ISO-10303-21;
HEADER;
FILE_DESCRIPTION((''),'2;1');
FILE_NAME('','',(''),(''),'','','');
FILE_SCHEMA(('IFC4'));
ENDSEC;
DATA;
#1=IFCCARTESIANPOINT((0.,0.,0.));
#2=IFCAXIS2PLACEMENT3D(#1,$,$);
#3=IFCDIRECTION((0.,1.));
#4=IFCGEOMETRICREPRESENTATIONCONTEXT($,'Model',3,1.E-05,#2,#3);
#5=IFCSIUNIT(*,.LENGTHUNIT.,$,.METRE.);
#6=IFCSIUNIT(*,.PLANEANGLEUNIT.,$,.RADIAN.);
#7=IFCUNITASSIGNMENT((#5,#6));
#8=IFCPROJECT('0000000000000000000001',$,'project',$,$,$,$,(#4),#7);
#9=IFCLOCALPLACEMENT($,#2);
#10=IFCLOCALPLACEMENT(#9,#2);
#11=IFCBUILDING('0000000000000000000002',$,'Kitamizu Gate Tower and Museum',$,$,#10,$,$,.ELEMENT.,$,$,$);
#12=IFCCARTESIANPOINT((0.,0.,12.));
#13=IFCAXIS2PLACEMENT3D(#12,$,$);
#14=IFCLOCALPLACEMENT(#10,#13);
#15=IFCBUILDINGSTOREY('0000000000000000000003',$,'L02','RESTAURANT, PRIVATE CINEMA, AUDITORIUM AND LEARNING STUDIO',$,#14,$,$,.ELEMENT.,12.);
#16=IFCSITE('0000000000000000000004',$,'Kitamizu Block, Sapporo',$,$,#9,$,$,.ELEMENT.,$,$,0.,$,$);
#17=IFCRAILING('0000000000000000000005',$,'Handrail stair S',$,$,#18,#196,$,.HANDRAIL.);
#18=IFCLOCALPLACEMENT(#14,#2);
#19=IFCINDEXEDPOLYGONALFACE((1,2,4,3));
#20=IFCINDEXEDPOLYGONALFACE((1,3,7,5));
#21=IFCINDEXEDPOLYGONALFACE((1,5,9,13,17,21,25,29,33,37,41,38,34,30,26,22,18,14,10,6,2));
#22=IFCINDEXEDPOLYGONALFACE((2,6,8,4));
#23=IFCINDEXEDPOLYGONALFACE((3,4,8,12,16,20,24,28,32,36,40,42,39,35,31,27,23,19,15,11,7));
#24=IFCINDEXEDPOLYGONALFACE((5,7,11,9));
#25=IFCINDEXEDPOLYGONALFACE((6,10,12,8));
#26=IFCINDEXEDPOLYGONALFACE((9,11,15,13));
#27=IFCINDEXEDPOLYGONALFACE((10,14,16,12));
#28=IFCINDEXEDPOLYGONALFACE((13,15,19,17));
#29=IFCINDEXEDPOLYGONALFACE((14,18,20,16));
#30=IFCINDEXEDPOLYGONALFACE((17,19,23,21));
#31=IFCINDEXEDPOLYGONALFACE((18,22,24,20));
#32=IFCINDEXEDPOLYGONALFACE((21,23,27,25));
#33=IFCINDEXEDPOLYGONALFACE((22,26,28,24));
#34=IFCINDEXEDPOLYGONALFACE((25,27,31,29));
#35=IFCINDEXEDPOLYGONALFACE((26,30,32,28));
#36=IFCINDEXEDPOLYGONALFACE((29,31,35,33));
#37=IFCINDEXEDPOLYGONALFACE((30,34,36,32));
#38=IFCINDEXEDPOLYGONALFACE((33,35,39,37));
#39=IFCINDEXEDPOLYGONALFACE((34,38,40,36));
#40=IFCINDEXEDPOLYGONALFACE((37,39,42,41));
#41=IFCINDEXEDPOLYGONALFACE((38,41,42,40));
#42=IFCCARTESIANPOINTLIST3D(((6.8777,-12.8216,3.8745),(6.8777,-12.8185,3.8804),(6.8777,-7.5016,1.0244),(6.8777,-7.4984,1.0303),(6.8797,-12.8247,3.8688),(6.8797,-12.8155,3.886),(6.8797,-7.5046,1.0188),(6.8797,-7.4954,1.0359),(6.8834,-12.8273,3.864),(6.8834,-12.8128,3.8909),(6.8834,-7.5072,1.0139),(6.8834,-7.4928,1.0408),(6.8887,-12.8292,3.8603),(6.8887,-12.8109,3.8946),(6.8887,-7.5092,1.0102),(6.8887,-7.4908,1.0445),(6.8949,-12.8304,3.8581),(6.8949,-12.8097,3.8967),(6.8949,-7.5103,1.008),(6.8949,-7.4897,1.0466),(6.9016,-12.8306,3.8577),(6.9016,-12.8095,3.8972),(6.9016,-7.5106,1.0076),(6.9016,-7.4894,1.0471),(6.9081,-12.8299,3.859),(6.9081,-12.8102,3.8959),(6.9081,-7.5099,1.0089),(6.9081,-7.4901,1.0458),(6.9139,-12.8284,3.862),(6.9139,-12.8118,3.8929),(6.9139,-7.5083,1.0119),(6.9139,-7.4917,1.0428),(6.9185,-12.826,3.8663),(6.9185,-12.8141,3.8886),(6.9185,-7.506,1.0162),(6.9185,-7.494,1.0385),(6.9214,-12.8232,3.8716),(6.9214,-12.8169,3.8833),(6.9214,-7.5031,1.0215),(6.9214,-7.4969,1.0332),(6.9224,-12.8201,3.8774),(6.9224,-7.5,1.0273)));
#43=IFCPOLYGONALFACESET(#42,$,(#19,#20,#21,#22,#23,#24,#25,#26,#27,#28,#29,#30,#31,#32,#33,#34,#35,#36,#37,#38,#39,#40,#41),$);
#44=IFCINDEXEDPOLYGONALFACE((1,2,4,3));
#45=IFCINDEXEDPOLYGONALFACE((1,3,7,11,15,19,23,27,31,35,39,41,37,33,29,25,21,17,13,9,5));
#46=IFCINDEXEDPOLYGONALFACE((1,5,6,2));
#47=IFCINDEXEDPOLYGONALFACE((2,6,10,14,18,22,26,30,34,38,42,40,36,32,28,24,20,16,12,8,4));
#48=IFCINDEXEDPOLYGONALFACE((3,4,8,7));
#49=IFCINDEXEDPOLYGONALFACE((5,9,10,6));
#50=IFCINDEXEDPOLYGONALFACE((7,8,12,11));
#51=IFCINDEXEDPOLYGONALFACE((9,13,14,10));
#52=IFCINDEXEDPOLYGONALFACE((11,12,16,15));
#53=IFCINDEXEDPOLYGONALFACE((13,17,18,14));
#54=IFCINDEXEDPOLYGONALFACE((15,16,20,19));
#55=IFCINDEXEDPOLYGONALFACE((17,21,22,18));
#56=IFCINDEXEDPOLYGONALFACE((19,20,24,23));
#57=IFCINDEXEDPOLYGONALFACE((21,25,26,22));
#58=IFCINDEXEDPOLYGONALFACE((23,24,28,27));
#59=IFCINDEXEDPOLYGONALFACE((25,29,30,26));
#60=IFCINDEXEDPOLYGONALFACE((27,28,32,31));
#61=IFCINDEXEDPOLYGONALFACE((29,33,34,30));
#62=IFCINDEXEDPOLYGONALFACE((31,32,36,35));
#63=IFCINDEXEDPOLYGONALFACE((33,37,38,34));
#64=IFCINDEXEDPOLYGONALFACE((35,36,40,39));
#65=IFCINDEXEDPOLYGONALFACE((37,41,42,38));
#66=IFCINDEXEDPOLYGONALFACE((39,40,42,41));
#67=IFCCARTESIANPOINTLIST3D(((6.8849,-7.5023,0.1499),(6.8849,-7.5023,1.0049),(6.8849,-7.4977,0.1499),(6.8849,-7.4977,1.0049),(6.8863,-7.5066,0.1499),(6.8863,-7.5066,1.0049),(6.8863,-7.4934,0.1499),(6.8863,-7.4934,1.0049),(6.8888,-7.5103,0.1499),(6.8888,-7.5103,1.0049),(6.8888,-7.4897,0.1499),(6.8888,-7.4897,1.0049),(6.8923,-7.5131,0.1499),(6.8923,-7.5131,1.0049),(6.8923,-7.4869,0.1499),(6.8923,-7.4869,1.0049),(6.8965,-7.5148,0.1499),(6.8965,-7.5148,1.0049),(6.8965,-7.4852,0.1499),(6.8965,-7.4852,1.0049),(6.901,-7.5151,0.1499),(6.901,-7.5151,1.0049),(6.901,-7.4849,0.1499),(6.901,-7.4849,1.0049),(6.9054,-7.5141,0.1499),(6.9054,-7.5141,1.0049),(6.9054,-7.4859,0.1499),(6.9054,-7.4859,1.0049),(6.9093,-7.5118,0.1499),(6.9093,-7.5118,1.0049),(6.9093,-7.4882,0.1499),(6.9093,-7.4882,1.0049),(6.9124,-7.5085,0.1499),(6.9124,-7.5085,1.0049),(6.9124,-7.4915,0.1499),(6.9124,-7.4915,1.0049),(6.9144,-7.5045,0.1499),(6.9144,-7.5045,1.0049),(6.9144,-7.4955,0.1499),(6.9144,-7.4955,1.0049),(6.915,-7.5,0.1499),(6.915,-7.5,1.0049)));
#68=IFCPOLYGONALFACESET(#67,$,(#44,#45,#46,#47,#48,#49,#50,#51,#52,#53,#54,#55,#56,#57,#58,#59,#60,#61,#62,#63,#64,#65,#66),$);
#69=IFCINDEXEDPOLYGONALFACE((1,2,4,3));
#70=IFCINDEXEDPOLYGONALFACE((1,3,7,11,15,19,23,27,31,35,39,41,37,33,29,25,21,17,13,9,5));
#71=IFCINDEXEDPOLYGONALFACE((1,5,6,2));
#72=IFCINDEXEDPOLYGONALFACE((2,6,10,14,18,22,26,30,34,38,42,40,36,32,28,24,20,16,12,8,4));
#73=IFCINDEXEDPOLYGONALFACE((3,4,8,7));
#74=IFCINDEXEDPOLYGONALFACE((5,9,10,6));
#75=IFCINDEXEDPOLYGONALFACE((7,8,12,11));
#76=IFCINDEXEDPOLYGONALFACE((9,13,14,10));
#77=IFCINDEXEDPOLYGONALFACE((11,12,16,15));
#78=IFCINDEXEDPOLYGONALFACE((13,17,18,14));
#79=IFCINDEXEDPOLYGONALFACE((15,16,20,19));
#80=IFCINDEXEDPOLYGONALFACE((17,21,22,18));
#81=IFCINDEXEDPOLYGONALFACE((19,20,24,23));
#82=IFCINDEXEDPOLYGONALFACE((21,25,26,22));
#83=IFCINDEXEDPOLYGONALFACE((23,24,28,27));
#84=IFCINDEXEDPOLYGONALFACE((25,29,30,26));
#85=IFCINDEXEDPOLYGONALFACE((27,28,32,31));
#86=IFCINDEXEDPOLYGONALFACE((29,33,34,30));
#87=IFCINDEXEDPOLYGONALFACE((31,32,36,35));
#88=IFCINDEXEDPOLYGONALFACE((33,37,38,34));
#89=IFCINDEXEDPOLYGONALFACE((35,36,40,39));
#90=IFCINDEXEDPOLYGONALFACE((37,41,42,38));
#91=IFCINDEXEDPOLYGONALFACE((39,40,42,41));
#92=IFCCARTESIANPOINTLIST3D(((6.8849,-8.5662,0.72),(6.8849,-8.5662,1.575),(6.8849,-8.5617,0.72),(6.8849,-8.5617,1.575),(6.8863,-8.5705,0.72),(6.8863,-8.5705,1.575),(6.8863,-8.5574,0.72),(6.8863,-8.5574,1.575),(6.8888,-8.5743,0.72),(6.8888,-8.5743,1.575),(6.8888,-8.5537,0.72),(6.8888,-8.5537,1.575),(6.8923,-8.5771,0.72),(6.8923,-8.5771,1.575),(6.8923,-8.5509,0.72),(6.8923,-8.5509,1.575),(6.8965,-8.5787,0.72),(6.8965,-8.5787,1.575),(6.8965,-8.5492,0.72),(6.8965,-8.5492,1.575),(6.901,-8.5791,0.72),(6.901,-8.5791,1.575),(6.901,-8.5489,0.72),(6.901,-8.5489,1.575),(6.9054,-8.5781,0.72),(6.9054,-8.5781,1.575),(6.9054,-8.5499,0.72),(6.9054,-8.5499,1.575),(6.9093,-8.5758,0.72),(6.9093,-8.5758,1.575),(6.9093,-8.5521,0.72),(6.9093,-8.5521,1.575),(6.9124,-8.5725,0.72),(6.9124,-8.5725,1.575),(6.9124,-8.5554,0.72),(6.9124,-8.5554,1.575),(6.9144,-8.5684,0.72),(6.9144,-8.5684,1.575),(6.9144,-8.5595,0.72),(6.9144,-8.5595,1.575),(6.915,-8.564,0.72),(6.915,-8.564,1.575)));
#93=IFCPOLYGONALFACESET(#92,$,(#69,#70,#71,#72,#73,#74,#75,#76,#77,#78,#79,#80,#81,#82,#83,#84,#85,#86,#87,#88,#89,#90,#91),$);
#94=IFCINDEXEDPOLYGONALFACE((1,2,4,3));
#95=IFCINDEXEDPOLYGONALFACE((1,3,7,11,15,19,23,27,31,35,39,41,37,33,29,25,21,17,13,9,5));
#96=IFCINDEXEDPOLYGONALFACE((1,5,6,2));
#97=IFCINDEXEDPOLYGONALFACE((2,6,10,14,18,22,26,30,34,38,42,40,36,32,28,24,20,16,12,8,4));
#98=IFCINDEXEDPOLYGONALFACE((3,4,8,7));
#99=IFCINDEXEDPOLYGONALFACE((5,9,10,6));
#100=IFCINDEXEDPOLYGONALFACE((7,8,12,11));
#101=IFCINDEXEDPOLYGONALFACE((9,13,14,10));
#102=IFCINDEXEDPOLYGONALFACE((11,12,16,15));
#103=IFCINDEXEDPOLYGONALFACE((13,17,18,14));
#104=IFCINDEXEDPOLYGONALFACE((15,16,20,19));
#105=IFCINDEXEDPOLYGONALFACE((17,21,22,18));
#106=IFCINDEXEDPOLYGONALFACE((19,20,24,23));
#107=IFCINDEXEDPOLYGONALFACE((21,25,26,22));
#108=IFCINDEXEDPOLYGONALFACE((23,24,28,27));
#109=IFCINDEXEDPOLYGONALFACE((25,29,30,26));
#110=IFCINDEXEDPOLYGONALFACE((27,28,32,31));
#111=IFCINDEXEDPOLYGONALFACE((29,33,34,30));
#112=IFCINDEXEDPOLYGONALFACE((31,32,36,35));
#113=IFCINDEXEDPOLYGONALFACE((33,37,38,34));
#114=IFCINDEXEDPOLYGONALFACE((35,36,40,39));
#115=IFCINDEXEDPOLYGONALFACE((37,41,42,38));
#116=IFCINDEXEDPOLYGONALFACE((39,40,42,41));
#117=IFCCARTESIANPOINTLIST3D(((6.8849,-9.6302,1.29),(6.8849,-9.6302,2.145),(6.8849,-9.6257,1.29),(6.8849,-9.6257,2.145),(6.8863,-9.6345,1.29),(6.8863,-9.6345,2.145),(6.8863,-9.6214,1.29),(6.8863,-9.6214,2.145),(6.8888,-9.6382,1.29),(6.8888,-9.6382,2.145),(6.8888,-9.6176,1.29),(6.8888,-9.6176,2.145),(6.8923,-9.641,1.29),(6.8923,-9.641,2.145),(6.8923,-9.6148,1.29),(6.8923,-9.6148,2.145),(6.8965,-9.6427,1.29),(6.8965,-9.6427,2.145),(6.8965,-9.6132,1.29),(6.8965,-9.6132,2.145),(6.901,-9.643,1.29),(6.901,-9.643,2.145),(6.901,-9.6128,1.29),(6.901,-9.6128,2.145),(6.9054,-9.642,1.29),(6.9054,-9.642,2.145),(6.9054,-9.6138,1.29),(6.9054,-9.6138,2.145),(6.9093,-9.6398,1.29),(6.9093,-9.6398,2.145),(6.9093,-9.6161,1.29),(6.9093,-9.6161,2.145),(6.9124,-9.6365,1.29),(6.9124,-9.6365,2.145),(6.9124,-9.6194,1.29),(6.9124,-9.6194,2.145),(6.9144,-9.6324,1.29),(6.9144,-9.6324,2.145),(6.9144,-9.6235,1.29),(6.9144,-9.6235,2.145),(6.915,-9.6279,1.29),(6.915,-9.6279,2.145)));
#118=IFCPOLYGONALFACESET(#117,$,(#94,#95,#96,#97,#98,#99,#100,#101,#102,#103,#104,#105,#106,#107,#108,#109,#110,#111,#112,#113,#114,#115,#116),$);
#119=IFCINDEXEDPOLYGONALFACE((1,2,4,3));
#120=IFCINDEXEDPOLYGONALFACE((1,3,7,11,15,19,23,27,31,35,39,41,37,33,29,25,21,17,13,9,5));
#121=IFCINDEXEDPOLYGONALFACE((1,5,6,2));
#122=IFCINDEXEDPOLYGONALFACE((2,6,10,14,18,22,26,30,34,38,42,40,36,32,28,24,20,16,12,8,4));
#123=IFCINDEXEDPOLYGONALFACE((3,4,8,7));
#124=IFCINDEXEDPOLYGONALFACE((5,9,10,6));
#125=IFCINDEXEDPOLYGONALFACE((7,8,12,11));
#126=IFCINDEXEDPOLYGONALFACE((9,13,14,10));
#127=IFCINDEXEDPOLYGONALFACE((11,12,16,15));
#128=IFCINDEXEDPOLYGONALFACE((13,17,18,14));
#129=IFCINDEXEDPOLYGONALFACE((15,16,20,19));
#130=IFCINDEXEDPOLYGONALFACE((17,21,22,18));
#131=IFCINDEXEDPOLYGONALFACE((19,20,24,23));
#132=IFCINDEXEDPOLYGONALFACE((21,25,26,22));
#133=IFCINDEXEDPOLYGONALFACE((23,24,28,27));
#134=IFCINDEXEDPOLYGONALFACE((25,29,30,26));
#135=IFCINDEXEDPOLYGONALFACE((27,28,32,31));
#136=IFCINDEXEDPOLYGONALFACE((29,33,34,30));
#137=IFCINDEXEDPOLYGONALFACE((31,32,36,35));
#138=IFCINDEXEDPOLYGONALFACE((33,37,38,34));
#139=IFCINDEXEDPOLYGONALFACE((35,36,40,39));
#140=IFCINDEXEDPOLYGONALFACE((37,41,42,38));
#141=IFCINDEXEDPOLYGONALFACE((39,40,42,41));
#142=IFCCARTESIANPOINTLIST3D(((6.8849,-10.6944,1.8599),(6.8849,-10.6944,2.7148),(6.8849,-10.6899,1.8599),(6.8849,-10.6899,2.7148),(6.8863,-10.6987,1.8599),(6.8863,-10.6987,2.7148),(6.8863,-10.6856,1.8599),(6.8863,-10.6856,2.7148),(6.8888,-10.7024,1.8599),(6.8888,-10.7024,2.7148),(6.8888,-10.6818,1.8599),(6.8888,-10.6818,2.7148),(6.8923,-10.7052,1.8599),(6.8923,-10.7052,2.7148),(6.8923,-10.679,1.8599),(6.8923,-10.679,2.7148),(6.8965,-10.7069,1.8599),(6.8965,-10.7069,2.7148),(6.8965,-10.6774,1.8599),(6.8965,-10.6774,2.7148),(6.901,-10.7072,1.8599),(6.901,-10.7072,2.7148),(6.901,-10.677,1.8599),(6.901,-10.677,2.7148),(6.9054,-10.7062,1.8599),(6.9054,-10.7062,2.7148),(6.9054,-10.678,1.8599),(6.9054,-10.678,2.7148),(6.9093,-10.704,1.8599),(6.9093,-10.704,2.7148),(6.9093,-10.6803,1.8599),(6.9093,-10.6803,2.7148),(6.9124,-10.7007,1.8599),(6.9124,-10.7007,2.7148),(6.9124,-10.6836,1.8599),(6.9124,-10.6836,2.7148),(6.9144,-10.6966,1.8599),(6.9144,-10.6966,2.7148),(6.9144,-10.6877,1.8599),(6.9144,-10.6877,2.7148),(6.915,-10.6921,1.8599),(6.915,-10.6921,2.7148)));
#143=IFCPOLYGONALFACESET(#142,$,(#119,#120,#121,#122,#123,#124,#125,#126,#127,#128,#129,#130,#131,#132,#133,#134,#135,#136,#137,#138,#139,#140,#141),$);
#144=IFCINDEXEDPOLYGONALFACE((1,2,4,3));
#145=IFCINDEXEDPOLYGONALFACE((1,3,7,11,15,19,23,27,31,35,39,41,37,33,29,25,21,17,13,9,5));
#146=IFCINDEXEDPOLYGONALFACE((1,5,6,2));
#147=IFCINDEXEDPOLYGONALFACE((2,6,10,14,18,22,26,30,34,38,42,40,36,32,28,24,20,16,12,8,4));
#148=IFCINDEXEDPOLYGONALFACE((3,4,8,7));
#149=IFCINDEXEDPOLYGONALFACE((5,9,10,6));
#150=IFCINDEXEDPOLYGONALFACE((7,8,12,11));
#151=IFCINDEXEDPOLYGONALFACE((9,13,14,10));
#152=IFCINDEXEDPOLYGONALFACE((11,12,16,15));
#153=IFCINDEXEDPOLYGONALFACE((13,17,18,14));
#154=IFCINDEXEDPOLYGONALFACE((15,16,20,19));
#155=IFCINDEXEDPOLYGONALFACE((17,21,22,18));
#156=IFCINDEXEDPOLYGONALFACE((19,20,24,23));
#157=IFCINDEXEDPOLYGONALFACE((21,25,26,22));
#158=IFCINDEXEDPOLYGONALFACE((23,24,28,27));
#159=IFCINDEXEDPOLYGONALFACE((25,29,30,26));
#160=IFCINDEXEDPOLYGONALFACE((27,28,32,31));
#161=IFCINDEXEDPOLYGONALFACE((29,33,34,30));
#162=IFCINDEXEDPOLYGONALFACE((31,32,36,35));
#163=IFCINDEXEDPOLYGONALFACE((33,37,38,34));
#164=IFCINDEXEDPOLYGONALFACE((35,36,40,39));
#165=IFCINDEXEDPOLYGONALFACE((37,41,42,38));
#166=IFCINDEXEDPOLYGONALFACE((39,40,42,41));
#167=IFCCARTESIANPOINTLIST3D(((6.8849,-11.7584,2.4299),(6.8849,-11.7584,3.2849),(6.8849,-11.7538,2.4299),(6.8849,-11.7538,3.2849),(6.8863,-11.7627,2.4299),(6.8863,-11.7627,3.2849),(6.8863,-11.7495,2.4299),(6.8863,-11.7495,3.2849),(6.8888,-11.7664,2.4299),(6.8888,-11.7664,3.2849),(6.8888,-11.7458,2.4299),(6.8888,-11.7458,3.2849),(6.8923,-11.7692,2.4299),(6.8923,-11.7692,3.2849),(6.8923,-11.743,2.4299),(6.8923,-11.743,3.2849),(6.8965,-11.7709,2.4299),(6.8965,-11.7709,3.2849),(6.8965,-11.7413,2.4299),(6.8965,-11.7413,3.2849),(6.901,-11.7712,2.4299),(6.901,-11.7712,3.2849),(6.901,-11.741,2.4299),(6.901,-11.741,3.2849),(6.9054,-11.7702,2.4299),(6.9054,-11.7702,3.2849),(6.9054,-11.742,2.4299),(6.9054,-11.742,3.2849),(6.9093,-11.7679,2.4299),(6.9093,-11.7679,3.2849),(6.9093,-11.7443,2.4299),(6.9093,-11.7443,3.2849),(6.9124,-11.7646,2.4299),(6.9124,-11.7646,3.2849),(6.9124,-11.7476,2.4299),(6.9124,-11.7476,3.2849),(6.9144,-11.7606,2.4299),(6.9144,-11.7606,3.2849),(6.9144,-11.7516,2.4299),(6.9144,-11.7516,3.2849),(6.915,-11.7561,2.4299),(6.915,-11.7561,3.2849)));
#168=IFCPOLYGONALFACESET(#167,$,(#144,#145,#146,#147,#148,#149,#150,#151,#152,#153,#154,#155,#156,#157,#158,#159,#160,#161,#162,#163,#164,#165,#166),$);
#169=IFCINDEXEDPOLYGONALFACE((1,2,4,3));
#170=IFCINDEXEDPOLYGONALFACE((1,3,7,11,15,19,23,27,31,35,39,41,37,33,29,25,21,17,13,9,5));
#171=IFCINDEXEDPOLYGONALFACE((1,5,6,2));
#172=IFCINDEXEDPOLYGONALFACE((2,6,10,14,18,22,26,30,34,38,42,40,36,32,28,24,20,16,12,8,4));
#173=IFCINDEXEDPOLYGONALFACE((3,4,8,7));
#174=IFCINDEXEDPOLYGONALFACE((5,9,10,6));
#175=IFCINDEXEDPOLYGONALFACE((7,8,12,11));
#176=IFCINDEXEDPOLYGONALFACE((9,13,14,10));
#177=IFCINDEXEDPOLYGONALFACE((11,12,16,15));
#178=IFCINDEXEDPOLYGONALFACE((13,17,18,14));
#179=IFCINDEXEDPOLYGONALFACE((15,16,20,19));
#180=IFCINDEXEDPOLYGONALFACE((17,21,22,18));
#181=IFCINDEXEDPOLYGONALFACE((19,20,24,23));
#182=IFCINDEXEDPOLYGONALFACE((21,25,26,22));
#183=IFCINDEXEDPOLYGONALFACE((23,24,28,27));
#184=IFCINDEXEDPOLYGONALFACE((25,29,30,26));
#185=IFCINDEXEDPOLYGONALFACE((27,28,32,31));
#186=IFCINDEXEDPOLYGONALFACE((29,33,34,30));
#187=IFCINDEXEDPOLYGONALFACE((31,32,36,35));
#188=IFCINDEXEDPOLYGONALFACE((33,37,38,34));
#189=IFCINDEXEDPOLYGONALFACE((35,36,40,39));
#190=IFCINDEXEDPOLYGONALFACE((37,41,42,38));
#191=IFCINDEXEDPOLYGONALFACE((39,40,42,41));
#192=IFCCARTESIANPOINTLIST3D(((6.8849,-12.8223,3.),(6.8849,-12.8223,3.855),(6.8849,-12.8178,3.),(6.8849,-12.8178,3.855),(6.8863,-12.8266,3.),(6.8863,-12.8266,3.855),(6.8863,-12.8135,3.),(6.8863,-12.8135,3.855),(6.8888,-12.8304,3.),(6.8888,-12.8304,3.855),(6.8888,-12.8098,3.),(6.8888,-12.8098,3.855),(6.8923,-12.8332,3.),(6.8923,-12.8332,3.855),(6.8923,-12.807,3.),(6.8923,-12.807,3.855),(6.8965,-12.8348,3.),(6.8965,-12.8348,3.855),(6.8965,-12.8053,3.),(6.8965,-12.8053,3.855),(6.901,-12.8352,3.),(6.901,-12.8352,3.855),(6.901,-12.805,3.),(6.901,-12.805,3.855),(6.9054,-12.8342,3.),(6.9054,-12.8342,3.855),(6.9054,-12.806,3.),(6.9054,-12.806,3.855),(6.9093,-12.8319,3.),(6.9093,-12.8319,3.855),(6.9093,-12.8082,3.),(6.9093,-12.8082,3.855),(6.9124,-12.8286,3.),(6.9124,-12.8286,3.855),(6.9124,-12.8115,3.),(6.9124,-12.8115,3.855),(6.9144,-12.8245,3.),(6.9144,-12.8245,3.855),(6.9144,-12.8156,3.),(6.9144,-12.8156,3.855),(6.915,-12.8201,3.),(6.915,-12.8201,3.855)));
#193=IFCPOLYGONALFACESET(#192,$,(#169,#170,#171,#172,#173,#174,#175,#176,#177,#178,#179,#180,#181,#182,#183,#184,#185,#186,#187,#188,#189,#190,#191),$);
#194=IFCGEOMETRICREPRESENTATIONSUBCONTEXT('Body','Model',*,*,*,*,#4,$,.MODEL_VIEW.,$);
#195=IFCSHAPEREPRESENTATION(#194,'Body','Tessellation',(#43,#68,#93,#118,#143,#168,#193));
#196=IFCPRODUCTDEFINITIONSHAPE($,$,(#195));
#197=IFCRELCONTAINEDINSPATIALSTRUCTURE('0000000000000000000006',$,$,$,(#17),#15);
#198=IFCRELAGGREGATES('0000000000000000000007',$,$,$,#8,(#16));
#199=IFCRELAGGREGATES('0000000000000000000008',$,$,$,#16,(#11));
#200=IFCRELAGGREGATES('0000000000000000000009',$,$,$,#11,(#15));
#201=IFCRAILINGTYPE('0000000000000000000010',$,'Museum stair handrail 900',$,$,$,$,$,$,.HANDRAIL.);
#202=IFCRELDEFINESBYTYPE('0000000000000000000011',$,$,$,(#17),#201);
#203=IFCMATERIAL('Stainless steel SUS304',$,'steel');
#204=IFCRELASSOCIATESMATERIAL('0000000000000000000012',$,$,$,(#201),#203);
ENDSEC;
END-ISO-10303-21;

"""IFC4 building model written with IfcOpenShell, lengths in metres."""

from ifc_helpers import new_model, si_unit, direction, frame, origin, origin_2d, place, context, subcontext, project, spatial, circle, extrude, material, type_object, element, save


model = new_model("IFC4")

# Units and contexts
model_context = context("Model", 3, precision=1e-05, world=origin(), true_north=direction((0.0, 1.0)))
body_context = subcontext(model_context, "Body", "Model", "MODEL_VIEW")
ifc_project = project(units=[si_unit("LENGTHUNIT", "METRE"), si_unit("PLANEANGLEUNIT", "RADIAN")], contexts=[model_context])

# Site, building, storey
site_placement = place(None, origin())
site = spatial("IfcSite", under=ifc_project, at=site_placement, Name="Kitamizu Block, Sapporo", CompositionType="ELEMENT", RefElevation=0.0)
building_placement = place(site_placement, origin())
building = spatial("IfcBuilding", under=site, at=building_placement, Name="Kitamizu Gate Tower and Museum", CompositionType="ELEMENT")
storey_placement = place(building_placement, frame((0.0, 0.0, 12.0)))
storey = spatial("IfcBuildingStorey", under=building, at=storey_placement, Name="L02", Description="RESTAURANT, PRIVATE CINEMA, AUDITORIUM AND LEARNING STUDIO", CompositionType="ELEMENT", Elevation=12.0)

# Railing
ifc_material_1 = material(Name="Stainless steel SUS304", Category="steel")
railing_type = type_object("IfcRailingType", Name="Museum stair handrail 900", PredefinedType="HANDRAIL", material=ifc_material_1)
railing_placement = place(storey_placement, frame((6.8999, -7.5, 0.1499)))
element("IfcRailing", 1, at=railing_placement, inside=storey, type_object=railing_type, Name="Handrail stair S", PredefinedType="HANDRAIL", context=body_context, shape_type="SweptSolid", body=[
    extrude(circle(Radius=0.0225, at=origin_2d()), frame((0.0, 0.0, 0.8774), z_axis=(0.0, -0.881476, 0.472229), x_axis=(1.0, 0.0, 0.0)), (0.0, 0.0, 1.0), 6.0354),
    extrude(circle(Radius=0.0151, at=origin_2d()), origin(), (0.0, 0.0, 1.0), 0.855),
    extrude(circle(Radius=0.0151, at=origin_2d()), frame((0.0, -1.064, 0.5701)), (0.0, 0.0, 1.0), 0.855),
    extrude(circle(Radius=0.0151, at=origin_2d()), frame((0.0, -2.1279, 1.1401)), (0.0, 0.0, 1.0), 0.855),
    extrude(circle(Radius=0.0151, at=origin_2d()), frame((0.0, -3.1921, 1.71)), (0.0, 0.0, 1.0), 0.855),
    extrude(circle(Radius=0.0151, at=origin_2d()), frame((0.0, -4.2561, 2.28)), (0.0, 0.0, 1.0), 0.855),
    extrude(circle(Radius=0.0151, at=origin_2d()), frame((0.0, -5.3201, 2.8501)), (0.0, 0.0, 1.0), 0.855),
])

save(model, "model.ifc")
